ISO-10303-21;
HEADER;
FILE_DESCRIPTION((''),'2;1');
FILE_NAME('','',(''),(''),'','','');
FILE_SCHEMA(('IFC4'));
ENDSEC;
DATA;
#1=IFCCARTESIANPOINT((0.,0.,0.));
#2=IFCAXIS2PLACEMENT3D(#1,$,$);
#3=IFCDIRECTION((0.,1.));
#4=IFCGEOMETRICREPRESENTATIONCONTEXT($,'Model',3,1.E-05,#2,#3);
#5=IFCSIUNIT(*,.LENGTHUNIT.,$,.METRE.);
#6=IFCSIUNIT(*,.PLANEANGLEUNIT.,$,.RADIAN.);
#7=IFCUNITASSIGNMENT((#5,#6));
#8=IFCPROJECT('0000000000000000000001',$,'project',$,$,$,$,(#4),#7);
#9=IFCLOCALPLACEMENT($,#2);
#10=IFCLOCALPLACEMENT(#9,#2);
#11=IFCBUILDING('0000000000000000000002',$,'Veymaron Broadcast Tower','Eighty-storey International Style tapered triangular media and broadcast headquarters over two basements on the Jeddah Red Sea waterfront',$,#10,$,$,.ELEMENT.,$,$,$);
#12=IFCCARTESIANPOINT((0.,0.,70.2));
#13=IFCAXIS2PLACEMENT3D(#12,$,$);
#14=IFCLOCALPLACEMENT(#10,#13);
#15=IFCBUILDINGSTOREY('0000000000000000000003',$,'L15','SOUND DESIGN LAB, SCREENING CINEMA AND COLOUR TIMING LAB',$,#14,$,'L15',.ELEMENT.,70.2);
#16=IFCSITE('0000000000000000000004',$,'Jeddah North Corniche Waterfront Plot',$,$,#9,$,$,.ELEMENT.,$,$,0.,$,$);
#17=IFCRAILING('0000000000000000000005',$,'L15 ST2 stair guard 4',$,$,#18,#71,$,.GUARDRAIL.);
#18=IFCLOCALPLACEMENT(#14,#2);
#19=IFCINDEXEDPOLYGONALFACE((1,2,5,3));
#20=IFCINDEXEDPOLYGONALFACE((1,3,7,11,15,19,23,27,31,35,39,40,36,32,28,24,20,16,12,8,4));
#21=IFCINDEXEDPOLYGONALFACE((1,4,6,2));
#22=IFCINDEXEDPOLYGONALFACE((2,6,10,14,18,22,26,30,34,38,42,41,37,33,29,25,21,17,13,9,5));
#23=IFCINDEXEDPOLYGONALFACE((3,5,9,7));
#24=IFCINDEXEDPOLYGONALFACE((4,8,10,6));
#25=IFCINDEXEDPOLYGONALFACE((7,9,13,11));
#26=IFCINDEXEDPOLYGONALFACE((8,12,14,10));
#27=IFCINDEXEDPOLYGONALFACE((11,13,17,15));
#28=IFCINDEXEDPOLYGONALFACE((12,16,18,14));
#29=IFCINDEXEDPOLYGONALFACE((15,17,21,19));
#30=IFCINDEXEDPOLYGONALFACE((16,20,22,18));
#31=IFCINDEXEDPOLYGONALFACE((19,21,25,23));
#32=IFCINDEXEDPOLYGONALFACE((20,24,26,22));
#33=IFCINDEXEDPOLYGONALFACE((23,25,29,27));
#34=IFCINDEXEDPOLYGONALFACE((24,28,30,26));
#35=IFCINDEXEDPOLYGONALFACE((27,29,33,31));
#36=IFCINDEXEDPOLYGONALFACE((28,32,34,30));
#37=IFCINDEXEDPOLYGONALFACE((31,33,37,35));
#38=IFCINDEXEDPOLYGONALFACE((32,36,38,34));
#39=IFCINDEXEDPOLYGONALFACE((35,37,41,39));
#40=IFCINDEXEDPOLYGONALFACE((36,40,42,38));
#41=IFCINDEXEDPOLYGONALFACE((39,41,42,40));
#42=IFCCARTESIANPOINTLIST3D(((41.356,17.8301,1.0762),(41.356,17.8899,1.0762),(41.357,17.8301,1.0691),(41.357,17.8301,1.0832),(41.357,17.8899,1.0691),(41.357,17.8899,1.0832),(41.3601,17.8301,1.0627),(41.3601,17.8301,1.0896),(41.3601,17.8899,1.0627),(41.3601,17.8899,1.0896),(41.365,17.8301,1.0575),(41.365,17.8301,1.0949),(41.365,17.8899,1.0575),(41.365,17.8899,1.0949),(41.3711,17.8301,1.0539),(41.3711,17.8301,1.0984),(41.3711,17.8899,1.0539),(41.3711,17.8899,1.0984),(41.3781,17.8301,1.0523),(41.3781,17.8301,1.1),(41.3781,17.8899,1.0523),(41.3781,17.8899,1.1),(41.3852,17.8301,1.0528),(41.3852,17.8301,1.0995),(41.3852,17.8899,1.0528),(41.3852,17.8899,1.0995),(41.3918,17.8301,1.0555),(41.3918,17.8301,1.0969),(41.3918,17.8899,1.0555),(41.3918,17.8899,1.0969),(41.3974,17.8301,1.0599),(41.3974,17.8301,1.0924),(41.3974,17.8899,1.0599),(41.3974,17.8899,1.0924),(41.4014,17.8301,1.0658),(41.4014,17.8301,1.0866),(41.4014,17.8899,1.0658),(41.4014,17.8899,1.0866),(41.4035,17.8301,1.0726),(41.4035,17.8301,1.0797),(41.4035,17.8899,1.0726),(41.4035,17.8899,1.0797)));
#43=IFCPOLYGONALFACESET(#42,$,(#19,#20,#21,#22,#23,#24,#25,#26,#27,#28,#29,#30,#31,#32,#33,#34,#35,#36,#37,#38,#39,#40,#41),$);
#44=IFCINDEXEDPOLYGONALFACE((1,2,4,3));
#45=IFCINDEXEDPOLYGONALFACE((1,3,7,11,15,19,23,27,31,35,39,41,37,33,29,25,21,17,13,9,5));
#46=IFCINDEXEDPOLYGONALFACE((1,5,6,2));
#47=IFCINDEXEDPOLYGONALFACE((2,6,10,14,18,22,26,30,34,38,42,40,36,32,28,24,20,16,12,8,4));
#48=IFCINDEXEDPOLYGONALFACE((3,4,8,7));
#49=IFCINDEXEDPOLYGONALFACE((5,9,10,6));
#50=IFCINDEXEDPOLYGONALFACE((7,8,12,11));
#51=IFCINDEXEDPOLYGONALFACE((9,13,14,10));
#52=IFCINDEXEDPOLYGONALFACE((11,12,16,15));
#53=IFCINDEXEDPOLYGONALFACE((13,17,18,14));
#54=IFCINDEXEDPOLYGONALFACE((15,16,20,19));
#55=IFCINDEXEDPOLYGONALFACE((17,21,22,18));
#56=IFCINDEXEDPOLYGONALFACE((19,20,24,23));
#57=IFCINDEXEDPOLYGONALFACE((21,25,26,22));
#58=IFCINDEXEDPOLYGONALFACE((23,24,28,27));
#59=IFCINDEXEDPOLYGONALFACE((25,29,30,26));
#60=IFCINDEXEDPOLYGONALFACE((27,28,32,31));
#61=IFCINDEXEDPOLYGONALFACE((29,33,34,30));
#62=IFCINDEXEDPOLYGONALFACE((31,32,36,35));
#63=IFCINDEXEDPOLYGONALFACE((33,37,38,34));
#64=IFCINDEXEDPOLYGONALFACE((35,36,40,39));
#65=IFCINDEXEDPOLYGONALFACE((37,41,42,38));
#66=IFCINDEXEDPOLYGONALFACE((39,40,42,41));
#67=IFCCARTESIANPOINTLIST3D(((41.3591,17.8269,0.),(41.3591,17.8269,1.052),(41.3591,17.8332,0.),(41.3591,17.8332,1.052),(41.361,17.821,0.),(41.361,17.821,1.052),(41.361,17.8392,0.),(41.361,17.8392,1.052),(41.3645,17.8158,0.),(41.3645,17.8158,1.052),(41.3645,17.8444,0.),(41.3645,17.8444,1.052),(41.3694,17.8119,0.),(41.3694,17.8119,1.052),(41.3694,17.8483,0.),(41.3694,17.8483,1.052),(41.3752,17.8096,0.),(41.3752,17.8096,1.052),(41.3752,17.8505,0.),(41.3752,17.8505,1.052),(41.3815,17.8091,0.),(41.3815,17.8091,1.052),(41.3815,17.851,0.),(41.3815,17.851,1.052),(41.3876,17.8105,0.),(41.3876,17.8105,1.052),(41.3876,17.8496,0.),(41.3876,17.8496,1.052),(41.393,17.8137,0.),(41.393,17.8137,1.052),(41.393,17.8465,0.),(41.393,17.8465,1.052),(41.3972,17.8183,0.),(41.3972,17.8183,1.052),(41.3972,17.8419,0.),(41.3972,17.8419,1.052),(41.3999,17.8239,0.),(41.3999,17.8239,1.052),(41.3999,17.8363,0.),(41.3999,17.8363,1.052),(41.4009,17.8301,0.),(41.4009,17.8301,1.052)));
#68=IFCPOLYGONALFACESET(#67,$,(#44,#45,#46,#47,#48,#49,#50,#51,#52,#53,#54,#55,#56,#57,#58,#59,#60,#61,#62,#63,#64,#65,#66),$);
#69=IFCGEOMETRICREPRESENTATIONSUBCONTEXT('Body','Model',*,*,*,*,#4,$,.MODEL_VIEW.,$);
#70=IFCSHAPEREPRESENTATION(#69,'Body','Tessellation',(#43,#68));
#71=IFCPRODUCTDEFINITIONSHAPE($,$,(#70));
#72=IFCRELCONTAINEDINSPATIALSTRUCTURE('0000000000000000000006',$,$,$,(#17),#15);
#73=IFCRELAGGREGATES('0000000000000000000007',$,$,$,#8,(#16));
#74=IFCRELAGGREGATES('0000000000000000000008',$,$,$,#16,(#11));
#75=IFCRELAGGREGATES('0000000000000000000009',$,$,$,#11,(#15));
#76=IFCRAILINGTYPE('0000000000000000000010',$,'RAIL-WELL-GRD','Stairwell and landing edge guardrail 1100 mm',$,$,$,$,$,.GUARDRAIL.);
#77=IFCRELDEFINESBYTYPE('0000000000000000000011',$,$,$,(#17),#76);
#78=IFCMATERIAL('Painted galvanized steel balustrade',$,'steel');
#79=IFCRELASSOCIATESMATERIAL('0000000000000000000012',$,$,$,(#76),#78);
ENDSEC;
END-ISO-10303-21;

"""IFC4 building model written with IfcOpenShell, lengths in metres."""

from ifc_helpers import new_model, si_unit, direction, frame, origin, origin_2d, place, context, subcontext, project, spatial, circle, extrude, material, type_object, element, save


model = new_model("IFC4")

# Units and contexts
model_context = context("Model", 3, precision=1e-05, world=origin(), true_north=direction((0.0, 1.0)))
body_context = subcontext(model_context, "Body", "Model", "MODEL_VIEW")
ifc_project = project(units=[si_unit("LENGTHUNIT", "METRE"), si_unit("PLANEANGLEUNIT", "RADIAN")], contexts=[model_context])

# Site, building, storey
site_placement = place(None, origin())
site = spatial("IfcSite", under=ifc_project, at=site_placement, Name="Jeddah North Corniche Waterfront Plot", CompositionType="ELEMENT", RefElevation=0.0)
building_placement = place(site_placement, origin())
building = spatial("IfcBuilding", under=site, at=building_placement, Name="Veymaron Broadcast Tower", Description="Eighty-storey International Style tapered triangular media and broadcast headquarters over two basements on the Jeddah Red Sea waterfront", CompositionType="ELEMENT")
storey_placement = place(building_placement, frame((0.0, 0.0, 70.2)))
storey = spatial("IfcBuildingStorey", under=building, at=storey_placement, Name="L15", Description="SOUND DESIGN LAB, SCREENING CINEMA AND COLOUR TIMING LAB", LongName="L15", CompositionType="ELEMENT", Elevation=70.2)

# Railing
ifc_material_1 = material(Name="Painted galvanized steel balustrade", Category="steel")
railing_type_1 = type_object("IfcRailingType", Name="RAIL-WELL-GRD", Description="Stairwell and landing edge guardrail 1100 mm", PredefinedType="GUARDRAIL", material=ifc_material_1)
railing_1_placement = place(storey_placement, frame((41.3799, 17.8301, 0.0)))
element("IfcRailing", 1, at=railing_1_placement, inside=storey, type_object=railing_type_1, Name="L15 ST2 stair guard 4", PredefinedType="GUARDRAIL", context=body_context, shape_type="SweptSolid", body=[
    extrude(circle(Radius=0.0239, at=origin_2d()), frame((0.0, 0.0, 1.0762), z_axis=(0.0, 1.0, 0.0), x_axis=(-1.0, 0.0, 0.0)), (0.0, 0.0, 1.0), 0.0598),
    extrude(circle(Radius=0.021, at=origin_2d()), origin(), (0.0, 0.0, 1.0), 1.052),
])

save(model, "model.ifc")
